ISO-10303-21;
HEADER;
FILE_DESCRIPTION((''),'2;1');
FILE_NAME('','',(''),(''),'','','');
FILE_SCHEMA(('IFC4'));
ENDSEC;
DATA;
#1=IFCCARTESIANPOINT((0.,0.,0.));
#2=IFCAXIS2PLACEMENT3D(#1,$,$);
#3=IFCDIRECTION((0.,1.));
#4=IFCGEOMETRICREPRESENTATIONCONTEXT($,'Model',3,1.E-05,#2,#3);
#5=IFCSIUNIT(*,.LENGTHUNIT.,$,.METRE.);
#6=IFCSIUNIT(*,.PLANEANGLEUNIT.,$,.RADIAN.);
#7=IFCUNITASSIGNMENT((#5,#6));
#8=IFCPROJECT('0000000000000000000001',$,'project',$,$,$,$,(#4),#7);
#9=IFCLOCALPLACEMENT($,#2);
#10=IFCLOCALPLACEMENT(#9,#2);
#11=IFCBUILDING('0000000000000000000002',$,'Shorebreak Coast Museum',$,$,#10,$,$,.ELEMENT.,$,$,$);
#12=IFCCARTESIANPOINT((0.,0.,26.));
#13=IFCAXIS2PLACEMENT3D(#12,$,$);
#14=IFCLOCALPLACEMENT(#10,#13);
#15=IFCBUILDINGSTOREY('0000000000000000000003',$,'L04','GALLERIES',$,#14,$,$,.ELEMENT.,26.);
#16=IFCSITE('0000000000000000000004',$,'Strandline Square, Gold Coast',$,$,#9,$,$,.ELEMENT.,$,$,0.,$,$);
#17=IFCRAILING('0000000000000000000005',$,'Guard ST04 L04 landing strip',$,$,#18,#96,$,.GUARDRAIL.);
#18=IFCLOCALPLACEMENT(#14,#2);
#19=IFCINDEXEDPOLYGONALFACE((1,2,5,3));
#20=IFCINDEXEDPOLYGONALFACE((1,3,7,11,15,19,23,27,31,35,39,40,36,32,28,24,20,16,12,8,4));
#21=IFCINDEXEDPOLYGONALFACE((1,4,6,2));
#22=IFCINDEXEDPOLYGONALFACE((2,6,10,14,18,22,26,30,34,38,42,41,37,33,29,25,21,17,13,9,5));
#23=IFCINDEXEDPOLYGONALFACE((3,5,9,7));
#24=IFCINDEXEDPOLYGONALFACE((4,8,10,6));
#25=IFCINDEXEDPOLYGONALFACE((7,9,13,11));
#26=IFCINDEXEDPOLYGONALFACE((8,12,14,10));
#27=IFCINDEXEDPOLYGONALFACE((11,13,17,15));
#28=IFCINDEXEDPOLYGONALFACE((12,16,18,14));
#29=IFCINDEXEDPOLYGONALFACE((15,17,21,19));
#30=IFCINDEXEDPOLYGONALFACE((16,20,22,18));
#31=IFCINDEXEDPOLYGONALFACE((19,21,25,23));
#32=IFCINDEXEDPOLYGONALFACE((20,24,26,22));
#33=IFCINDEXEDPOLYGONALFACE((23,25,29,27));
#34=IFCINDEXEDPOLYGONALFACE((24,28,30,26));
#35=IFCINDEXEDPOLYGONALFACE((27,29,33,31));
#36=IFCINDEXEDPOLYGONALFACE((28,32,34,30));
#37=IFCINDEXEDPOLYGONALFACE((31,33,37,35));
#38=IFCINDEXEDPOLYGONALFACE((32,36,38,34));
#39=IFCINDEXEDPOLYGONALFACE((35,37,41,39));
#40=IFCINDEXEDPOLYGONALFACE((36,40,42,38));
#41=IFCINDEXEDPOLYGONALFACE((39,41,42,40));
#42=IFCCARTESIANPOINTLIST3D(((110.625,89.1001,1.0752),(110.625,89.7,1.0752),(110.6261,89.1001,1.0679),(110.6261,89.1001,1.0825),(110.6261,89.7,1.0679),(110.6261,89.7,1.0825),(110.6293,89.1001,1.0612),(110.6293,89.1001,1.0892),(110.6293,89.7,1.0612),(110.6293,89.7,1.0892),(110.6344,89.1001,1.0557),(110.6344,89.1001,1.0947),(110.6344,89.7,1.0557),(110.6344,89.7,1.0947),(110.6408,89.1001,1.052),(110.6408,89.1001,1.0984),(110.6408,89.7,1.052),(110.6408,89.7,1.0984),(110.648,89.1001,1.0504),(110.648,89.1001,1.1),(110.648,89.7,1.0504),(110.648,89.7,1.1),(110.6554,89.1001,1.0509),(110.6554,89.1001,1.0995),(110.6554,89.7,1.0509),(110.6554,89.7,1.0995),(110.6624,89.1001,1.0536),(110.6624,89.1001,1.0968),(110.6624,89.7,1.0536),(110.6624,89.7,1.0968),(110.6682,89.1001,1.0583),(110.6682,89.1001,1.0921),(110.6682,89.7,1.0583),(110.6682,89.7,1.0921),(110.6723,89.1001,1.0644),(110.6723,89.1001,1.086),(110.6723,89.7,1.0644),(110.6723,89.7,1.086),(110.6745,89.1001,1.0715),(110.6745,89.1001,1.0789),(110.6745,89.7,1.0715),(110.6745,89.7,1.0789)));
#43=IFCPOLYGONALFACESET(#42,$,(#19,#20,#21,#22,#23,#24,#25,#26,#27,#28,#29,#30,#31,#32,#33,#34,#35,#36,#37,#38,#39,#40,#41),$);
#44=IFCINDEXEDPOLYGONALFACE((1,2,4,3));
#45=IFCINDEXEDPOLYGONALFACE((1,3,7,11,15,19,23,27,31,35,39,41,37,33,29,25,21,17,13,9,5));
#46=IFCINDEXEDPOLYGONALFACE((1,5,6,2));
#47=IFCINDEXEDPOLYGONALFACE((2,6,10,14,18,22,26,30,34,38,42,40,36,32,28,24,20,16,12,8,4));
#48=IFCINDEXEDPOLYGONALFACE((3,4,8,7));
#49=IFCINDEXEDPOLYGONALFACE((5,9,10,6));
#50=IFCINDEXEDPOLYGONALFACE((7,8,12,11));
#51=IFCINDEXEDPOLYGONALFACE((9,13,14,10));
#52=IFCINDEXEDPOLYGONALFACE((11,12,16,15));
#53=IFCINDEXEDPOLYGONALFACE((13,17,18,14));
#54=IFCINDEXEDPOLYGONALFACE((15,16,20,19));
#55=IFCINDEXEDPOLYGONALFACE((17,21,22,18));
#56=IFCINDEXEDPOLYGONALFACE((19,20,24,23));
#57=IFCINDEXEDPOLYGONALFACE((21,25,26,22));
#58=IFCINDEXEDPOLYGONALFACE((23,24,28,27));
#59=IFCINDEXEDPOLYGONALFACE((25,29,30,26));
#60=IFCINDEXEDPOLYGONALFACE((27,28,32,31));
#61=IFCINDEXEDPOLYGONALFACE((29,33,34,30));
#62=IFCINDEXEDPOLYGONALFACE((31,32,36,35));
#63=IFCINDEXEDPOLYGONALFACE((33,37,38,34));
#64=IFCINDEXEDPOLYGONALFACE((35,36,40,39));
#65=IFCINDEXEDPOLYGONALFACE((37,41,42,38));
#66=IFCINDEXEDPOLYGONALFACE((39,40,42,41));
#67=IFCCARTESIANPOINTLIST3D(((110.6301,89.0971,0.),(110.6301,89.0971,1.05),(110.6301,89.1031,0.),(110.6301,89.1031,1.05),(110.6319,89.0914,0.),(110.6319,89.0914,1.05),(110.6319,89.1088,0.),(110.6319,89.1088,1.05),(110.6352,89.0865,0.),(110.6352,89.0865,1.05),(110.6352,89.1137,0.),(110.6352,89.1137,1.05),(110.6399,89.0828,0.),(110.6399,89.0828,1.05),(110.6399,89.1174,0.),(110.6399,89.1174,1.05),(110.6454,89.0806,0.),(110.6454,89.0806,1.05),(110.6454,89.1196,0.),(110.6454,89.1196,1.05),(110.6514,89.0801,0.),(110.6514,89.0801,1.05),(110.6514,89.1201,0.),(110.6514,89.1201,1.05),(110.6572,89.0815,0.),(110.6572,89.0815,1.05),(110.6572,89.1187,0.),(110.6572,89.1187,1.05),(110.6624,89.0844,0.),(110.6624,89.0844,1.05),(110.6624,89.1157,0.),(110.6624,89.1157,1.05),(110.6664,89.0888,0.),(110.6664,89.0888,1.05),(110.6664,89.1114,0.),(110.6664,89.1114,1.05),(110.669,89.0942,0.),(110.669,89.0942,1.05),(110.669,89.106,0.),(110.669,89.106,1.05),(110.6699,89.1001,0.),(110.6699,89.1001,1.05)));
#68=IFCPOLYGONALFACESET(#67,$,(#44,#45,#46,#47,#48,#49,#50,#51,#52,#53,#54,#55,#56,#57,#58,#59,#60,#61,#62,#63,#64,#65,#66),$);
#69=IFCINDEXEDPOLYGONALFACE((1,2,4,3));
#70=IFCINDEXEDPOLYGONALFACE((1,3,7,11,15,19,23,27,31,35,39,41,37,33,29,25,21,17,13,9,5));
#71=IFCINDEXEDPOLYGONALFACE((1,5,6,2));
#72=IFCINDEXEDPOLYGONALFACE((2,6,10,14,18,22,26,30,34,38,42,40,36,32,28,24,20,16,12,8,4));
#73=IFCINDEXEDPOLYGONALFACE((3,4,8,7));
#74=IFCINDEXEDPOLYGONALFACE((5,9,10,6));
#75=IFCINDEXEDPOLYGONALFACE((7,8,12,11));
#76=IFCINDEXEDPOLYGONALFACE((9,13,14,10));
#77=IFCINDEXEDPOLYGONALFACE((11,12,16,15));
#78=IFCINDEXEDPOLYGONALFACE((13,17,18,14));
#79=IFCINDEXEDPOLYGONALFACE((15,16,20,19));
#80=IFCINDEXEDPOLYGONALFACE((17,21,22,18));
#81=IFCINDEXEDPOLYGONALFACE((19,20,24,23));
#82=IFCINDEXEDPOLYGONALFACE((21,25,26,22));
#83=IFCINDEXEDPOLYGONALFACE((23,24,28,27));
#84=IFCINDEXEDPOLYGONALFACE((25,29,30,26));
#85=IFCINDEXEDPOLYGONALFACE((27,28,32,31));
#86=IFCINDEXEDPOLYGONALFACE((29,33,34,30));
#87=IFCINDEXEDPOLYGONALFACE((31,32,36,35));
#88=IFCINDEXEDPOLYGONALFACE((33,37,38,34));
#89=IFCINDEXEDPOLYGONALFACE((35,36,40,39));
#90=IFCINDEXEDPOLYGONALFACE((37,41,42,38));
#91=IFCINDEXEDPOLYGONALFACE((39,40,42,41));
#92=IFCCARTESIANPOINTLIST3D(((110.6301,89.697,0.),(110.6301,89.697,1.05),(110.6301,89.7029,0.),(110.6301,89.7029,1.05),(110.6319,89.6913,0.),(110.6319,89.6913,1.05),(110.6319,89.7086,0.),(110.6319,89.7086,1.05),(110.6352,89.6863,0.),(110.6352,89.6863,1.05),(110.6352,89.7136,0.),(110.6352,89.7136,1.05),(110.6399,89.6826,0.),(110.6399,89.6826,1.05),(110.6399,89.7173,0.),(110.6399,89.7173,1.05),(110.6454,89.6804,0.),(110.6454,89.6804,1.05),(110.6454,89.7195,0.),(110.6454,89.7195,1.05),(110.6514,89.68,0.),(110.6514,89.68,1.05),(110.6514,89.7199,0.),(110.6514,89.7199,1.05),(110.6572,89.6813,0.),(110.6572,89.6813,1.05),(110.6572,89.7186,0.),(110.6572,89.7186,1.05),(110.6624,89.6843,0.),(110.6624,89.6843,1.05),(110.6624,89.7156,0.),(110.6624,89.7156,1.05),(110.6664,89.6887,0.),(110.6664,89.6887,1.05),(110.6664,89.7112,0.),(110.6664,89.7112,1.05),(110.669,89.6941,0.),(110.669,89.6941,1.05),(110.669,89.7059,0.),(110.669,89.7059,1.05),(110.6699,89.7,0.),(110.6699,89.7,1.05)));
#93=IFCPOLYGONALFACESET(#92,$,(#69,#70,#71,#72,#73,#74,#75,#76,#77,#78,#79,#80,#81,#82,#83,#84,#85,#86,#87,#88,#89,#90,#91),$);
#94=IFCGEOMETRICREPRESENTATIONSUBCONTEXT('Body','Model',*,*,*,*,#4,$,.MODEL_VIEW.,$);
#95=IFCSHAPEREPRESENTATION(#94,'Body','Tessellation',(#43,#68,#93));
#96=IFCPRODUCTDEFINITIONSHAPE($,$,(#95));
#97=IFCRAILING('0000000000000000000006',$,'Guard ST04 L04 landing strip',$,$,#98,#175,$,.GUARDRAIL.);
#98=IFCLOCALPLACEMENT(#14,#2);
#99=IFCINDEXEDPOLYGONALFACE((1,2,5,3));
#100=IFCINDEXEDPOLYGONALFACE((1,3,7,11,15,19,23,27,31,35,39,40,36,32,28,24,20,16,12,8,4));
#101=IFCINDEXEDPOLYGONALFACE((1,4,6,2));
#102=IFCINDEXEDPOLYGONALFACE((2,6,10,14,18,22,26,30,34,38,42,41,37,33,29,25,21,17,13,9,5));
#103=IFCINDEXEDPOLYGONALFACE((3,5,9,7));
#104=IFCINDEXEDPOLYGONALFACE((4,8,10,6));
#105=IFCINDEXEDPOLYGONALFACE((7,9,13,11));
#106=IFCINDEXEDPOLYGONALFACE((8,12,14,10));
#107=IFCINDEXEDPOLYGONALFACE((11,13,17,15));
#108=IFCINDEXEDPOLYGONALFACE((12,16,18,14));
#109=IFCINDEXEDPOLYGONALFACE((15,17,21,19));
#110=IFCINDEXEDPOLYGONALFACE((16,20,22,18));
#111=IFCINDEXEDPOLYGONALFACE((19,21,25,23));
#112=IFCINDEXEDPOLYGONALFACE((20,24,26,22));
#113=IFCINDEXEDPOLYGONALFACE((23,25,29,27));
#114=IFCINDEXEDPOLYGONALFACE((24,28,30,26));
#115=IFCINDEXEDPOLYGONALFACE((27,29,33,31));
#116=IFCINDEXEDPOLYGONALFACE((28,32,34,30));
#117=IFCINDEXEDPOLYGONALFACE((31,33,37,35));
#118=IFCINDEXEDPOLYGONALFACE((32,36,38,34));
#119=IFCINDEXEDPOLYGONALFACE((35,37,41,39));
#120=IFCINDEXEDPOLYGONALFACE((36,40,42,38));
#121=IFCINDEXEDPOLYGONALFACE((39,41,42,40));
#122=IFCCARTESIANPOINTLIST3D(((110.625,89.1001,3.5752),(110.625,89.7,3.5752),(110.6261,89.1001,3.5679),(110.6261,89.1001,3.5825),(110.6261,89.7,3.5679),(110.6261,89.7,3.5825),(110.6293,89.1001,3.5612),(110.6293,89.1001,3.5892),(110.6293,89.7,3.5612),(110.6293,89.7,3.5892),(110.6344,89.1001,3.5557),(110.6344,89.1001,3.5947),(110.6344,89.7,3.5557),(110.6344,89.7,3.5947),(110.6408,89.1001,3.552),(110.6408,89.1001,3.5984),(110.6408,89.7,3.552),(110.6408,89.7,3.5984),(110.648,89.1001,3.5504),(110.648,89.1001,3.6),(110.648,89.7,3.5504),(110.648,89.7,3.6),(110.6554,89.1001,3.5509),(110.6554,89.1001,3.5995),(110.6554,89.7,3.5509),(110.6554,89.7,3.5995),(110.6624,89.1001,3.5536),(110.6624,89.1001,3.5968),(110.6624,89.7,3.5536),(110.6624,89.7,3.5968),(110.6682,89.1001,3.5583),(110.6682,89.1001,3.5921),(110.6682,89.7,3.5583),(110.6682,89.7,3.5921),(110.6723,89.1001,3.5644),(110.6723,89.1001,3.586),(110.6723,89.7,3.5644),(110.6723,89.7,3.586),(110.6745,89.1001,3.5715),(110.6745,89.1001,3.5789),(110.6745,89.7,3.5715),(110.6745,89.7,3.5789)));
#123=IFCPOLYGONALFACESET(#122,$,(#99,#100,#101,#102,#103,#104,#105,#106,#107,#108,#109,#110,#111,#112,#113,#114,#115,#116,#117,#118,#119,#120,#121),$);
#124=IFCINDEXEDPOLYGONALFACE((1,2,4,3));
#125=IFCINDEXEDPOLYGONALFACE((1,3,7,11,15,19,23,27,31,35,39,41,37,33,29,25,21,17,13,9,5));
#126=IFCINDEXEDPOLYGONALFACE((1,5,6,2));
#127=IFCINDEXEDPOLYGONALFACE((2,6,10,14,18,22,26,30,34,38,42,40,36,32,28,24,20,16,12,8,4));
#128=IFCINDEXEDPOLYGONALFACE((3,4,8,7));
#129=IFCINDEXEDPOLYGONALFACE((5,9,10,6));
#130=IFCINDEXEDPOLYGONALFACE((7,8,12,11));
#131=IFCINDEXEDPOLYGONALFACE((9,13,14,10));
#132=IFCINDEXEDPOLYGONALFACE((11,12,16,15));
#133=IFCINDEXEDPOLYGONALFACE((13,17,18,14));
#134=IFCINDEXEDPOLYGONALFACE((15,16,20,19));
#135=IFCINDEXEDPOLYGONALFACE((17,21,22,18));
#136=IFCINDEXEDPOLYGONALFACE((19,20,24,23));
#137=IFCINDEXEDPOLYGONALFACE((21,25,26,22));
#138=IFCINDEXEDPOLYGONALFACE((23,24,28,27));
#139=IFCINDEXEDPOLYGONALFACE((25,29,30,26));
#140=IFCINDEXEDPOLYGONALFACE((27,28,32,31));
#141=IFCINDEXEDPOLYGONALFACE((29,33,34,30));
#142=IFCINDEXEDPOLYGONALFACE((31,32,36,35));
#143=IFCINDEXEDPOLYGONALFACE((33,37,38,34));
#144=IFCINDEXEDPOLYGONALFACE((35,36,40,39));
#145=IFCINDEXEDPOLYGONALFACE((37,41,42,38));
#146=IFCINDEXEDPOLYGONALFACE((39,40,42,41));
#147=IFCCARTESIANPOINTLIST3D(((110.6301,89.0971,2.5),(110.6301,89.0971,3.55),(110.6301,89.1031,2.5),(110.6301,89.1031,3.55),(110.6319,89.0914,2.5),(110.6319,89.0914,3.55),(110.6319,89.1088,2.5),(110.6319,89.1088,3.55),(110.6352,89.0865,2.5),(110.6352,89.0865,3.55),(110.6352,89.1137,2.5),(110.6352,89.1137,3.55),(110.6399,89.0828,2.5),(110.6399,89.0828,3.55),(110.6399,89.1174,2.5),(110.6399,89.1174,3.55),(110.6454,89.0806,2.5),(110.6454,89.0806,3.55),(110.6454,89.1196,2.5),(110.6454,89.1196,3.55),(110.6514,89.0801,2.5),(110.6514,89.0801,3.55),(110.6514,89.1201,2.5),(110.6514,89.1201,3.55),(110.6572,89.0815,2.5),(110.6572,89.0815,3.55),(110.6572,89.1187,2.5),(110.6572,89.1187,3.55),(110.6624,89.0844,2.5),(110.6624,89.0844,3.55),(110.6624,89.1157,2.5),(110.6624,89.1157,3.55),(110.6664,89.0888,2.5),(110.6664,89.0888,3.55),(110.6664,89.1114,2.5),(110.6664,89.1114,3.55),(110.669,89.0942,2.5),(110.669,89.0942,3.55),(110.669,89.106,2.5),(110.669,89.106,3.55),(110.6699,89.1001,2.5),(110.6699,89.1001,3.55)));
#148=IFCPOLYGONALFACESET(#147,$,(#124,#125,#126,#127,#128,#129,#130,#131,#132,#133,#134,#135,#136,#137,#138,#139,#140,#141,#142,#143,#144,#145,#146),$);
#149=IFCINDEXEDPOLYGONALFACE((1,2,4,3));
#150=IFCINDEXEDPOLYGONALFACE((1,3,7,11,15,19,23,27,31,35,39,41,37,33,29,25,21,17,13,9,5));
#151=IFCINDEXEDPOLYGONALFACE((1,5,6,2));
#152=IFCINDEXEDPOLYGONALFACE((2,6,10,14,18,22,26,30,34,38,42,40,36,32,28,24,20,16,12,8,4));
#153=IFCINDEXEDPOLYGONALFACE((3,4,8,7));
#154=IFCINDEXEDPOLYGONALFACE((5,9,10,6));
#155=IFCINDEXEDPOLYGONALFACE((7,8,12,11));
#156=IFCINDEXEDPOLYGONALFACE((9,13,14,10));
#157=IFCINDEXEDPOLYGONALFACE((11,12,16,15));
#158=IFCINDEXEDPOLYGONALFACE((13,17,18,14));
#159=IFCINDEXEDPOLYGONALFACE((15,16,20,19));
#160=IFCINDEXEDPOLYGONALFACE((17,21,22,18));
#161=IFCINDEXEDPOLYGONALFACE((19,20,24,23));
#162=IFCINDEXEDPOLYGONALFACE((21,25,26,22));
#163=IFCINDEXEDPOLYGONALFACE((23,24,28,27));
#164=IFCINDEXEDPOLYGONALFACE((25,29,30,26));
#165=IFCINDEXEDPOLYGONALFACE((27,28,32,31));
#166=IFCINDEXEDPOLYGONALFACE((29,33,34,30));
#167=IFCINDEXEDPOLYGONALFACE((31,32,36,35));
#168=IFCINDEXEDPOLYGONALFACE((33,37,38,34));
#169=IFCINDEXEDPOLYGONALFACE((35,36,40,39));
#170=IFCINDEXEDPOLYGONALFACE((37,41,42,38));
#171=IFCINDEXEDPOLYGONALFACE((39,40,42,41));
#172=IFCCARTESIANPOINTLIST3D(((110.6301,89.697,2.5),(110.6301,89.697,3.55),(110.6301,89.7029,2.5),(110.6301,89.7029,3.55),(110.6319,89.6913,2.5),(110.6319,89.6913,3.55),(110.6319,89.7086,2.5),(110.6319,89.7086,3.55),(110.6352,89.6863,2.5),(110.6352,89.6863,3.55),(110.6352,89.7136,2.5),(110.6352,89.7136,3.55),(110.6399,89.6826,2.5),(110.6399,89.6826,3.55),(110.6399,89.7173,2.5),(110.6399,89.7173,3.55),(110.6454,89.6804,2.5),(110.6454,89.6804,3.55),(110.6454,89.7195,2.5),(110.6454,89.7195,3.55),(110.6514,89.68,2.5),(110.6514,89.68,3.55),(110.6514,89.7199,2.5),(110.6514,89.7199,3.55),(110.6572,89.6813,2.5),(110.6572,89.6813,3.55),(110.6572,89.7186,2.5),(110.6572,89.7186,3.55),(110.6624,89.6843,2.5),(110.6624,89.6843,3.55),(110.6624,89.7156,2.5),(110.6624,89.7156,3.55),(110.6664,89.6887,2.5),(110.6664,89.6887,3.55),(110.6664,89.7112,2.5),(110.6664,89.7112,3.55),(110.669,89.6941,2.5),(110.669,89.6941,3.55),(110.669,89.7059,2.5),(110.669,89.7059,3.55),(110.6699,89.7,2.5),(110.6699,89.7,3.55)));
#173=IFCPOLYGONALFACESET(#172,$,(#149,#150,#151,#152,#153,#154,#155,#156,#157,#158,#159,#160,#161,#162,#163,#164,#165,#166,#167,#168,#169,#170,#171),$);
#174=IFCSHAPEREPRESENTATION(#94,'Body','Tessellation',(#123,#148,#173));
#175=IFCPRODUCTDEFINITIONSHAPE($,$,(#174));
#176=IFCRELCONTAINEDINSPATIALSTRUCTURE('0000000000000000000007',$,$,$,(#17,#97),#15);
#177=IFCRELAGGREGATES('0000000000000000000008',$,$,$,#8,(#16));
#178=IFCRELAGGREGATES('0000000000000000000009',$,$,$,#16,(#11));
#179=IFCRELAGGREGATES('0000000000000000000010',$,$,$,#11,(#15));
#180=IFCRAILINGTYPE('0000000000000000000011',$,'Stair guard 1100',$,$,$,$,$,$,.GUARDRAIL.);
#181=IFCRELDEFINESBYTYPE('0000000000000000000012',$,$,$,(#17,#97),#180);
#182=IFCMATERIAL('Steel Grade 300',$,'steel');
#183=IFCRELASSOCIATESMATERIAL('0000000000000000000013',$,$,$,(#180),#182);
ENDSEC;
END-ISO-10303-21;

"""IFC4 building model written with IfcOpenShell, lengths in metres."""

from ifc_helpers import new_model, si_unit, direction, frame, origin, origin_2d, place, context, subcontext, project, spatial, circle, extrude, material, type_object, element, save


model = new_model("IFC4")

# Units and contexts
model_context = context("Model", 3, precision=1e-05, world=origin(), true_north=direction((0.0, 1.0)))
body_context = subcontext(model_context, "Body", "Model", "MODEL_VIEW")
ifc_project = project(units=[si_unit("LENGTHUNIT", "METRE"), si_unit("PLANEANGLEUNIT", "RADIAN")], contexts=[model_context])

# Site, building, storey
site_placement = place(None, origin())
site = spatial("IfcSite", under=ifc_project, at=site_placement, Name="Strandline Square, Gold Coast", CompositionType="ELEMENT", RefElevation=0.0)
building_placement = place(site_placement, origin())
building = spatial("IfcBuilding", under=site, at=building_placement, Name="Shorebreak Coast Museum", CompositionType="ELEMENT")
storey_placement = place(building_placement, frame((0.0, 0.0, 26.0)))
storey = spatial("IfcBuildingStorey", under=building, at=storey_placement, Name="L04", Description="GALLERIES", CompositionType="ELEMENT", Elevation=26.0)

# Railings
ifc_material_1 = material(Name="Steel Grade 300", Category="steel")
railing_type_1 = type_object("IfcRailingType", Name="Stair guard 1100", PredefinedType="GUARDRAIL", material=ifc_material_1)
for number, where, name in (
    (1, (110.6499, 89.1001, 0.0), "Guard ST04 L04 landing strip"),
    (2, (110.6499, 89.1001, 2.5), "Guard ST04 L04 landing strip"),
):
    element("IfcRailing", number, at=place(storey_placement, frame(where)), inside=storey, type_object=railing_type_1, Name=name, PredefinedType="GUARDRAIL", context=body_context, shape_type="SweptSolid", body=[
        extrude(circle(Radius=0.0249, at=origin_2d()), frame((0.0, 0.0, 1.0752), z_axis=(0.0, 1.0, 0.0), x_axis=(-1.0, 0.0, 0.0)), (0.0, 0.0, 1.0), 0.5999),
        extrude(circle(Radius=0.02, at=origin_2d()), origin(), (0.0, 0.0, 1.0), 1.05),
        extrude(circle(Radius=0.02, at=origin_2d()), frame((0.0, 0.5999, 0.0)), (0.0, 0.0, 1.0), 1.05),
    ])

save(model, "model.ifc")
